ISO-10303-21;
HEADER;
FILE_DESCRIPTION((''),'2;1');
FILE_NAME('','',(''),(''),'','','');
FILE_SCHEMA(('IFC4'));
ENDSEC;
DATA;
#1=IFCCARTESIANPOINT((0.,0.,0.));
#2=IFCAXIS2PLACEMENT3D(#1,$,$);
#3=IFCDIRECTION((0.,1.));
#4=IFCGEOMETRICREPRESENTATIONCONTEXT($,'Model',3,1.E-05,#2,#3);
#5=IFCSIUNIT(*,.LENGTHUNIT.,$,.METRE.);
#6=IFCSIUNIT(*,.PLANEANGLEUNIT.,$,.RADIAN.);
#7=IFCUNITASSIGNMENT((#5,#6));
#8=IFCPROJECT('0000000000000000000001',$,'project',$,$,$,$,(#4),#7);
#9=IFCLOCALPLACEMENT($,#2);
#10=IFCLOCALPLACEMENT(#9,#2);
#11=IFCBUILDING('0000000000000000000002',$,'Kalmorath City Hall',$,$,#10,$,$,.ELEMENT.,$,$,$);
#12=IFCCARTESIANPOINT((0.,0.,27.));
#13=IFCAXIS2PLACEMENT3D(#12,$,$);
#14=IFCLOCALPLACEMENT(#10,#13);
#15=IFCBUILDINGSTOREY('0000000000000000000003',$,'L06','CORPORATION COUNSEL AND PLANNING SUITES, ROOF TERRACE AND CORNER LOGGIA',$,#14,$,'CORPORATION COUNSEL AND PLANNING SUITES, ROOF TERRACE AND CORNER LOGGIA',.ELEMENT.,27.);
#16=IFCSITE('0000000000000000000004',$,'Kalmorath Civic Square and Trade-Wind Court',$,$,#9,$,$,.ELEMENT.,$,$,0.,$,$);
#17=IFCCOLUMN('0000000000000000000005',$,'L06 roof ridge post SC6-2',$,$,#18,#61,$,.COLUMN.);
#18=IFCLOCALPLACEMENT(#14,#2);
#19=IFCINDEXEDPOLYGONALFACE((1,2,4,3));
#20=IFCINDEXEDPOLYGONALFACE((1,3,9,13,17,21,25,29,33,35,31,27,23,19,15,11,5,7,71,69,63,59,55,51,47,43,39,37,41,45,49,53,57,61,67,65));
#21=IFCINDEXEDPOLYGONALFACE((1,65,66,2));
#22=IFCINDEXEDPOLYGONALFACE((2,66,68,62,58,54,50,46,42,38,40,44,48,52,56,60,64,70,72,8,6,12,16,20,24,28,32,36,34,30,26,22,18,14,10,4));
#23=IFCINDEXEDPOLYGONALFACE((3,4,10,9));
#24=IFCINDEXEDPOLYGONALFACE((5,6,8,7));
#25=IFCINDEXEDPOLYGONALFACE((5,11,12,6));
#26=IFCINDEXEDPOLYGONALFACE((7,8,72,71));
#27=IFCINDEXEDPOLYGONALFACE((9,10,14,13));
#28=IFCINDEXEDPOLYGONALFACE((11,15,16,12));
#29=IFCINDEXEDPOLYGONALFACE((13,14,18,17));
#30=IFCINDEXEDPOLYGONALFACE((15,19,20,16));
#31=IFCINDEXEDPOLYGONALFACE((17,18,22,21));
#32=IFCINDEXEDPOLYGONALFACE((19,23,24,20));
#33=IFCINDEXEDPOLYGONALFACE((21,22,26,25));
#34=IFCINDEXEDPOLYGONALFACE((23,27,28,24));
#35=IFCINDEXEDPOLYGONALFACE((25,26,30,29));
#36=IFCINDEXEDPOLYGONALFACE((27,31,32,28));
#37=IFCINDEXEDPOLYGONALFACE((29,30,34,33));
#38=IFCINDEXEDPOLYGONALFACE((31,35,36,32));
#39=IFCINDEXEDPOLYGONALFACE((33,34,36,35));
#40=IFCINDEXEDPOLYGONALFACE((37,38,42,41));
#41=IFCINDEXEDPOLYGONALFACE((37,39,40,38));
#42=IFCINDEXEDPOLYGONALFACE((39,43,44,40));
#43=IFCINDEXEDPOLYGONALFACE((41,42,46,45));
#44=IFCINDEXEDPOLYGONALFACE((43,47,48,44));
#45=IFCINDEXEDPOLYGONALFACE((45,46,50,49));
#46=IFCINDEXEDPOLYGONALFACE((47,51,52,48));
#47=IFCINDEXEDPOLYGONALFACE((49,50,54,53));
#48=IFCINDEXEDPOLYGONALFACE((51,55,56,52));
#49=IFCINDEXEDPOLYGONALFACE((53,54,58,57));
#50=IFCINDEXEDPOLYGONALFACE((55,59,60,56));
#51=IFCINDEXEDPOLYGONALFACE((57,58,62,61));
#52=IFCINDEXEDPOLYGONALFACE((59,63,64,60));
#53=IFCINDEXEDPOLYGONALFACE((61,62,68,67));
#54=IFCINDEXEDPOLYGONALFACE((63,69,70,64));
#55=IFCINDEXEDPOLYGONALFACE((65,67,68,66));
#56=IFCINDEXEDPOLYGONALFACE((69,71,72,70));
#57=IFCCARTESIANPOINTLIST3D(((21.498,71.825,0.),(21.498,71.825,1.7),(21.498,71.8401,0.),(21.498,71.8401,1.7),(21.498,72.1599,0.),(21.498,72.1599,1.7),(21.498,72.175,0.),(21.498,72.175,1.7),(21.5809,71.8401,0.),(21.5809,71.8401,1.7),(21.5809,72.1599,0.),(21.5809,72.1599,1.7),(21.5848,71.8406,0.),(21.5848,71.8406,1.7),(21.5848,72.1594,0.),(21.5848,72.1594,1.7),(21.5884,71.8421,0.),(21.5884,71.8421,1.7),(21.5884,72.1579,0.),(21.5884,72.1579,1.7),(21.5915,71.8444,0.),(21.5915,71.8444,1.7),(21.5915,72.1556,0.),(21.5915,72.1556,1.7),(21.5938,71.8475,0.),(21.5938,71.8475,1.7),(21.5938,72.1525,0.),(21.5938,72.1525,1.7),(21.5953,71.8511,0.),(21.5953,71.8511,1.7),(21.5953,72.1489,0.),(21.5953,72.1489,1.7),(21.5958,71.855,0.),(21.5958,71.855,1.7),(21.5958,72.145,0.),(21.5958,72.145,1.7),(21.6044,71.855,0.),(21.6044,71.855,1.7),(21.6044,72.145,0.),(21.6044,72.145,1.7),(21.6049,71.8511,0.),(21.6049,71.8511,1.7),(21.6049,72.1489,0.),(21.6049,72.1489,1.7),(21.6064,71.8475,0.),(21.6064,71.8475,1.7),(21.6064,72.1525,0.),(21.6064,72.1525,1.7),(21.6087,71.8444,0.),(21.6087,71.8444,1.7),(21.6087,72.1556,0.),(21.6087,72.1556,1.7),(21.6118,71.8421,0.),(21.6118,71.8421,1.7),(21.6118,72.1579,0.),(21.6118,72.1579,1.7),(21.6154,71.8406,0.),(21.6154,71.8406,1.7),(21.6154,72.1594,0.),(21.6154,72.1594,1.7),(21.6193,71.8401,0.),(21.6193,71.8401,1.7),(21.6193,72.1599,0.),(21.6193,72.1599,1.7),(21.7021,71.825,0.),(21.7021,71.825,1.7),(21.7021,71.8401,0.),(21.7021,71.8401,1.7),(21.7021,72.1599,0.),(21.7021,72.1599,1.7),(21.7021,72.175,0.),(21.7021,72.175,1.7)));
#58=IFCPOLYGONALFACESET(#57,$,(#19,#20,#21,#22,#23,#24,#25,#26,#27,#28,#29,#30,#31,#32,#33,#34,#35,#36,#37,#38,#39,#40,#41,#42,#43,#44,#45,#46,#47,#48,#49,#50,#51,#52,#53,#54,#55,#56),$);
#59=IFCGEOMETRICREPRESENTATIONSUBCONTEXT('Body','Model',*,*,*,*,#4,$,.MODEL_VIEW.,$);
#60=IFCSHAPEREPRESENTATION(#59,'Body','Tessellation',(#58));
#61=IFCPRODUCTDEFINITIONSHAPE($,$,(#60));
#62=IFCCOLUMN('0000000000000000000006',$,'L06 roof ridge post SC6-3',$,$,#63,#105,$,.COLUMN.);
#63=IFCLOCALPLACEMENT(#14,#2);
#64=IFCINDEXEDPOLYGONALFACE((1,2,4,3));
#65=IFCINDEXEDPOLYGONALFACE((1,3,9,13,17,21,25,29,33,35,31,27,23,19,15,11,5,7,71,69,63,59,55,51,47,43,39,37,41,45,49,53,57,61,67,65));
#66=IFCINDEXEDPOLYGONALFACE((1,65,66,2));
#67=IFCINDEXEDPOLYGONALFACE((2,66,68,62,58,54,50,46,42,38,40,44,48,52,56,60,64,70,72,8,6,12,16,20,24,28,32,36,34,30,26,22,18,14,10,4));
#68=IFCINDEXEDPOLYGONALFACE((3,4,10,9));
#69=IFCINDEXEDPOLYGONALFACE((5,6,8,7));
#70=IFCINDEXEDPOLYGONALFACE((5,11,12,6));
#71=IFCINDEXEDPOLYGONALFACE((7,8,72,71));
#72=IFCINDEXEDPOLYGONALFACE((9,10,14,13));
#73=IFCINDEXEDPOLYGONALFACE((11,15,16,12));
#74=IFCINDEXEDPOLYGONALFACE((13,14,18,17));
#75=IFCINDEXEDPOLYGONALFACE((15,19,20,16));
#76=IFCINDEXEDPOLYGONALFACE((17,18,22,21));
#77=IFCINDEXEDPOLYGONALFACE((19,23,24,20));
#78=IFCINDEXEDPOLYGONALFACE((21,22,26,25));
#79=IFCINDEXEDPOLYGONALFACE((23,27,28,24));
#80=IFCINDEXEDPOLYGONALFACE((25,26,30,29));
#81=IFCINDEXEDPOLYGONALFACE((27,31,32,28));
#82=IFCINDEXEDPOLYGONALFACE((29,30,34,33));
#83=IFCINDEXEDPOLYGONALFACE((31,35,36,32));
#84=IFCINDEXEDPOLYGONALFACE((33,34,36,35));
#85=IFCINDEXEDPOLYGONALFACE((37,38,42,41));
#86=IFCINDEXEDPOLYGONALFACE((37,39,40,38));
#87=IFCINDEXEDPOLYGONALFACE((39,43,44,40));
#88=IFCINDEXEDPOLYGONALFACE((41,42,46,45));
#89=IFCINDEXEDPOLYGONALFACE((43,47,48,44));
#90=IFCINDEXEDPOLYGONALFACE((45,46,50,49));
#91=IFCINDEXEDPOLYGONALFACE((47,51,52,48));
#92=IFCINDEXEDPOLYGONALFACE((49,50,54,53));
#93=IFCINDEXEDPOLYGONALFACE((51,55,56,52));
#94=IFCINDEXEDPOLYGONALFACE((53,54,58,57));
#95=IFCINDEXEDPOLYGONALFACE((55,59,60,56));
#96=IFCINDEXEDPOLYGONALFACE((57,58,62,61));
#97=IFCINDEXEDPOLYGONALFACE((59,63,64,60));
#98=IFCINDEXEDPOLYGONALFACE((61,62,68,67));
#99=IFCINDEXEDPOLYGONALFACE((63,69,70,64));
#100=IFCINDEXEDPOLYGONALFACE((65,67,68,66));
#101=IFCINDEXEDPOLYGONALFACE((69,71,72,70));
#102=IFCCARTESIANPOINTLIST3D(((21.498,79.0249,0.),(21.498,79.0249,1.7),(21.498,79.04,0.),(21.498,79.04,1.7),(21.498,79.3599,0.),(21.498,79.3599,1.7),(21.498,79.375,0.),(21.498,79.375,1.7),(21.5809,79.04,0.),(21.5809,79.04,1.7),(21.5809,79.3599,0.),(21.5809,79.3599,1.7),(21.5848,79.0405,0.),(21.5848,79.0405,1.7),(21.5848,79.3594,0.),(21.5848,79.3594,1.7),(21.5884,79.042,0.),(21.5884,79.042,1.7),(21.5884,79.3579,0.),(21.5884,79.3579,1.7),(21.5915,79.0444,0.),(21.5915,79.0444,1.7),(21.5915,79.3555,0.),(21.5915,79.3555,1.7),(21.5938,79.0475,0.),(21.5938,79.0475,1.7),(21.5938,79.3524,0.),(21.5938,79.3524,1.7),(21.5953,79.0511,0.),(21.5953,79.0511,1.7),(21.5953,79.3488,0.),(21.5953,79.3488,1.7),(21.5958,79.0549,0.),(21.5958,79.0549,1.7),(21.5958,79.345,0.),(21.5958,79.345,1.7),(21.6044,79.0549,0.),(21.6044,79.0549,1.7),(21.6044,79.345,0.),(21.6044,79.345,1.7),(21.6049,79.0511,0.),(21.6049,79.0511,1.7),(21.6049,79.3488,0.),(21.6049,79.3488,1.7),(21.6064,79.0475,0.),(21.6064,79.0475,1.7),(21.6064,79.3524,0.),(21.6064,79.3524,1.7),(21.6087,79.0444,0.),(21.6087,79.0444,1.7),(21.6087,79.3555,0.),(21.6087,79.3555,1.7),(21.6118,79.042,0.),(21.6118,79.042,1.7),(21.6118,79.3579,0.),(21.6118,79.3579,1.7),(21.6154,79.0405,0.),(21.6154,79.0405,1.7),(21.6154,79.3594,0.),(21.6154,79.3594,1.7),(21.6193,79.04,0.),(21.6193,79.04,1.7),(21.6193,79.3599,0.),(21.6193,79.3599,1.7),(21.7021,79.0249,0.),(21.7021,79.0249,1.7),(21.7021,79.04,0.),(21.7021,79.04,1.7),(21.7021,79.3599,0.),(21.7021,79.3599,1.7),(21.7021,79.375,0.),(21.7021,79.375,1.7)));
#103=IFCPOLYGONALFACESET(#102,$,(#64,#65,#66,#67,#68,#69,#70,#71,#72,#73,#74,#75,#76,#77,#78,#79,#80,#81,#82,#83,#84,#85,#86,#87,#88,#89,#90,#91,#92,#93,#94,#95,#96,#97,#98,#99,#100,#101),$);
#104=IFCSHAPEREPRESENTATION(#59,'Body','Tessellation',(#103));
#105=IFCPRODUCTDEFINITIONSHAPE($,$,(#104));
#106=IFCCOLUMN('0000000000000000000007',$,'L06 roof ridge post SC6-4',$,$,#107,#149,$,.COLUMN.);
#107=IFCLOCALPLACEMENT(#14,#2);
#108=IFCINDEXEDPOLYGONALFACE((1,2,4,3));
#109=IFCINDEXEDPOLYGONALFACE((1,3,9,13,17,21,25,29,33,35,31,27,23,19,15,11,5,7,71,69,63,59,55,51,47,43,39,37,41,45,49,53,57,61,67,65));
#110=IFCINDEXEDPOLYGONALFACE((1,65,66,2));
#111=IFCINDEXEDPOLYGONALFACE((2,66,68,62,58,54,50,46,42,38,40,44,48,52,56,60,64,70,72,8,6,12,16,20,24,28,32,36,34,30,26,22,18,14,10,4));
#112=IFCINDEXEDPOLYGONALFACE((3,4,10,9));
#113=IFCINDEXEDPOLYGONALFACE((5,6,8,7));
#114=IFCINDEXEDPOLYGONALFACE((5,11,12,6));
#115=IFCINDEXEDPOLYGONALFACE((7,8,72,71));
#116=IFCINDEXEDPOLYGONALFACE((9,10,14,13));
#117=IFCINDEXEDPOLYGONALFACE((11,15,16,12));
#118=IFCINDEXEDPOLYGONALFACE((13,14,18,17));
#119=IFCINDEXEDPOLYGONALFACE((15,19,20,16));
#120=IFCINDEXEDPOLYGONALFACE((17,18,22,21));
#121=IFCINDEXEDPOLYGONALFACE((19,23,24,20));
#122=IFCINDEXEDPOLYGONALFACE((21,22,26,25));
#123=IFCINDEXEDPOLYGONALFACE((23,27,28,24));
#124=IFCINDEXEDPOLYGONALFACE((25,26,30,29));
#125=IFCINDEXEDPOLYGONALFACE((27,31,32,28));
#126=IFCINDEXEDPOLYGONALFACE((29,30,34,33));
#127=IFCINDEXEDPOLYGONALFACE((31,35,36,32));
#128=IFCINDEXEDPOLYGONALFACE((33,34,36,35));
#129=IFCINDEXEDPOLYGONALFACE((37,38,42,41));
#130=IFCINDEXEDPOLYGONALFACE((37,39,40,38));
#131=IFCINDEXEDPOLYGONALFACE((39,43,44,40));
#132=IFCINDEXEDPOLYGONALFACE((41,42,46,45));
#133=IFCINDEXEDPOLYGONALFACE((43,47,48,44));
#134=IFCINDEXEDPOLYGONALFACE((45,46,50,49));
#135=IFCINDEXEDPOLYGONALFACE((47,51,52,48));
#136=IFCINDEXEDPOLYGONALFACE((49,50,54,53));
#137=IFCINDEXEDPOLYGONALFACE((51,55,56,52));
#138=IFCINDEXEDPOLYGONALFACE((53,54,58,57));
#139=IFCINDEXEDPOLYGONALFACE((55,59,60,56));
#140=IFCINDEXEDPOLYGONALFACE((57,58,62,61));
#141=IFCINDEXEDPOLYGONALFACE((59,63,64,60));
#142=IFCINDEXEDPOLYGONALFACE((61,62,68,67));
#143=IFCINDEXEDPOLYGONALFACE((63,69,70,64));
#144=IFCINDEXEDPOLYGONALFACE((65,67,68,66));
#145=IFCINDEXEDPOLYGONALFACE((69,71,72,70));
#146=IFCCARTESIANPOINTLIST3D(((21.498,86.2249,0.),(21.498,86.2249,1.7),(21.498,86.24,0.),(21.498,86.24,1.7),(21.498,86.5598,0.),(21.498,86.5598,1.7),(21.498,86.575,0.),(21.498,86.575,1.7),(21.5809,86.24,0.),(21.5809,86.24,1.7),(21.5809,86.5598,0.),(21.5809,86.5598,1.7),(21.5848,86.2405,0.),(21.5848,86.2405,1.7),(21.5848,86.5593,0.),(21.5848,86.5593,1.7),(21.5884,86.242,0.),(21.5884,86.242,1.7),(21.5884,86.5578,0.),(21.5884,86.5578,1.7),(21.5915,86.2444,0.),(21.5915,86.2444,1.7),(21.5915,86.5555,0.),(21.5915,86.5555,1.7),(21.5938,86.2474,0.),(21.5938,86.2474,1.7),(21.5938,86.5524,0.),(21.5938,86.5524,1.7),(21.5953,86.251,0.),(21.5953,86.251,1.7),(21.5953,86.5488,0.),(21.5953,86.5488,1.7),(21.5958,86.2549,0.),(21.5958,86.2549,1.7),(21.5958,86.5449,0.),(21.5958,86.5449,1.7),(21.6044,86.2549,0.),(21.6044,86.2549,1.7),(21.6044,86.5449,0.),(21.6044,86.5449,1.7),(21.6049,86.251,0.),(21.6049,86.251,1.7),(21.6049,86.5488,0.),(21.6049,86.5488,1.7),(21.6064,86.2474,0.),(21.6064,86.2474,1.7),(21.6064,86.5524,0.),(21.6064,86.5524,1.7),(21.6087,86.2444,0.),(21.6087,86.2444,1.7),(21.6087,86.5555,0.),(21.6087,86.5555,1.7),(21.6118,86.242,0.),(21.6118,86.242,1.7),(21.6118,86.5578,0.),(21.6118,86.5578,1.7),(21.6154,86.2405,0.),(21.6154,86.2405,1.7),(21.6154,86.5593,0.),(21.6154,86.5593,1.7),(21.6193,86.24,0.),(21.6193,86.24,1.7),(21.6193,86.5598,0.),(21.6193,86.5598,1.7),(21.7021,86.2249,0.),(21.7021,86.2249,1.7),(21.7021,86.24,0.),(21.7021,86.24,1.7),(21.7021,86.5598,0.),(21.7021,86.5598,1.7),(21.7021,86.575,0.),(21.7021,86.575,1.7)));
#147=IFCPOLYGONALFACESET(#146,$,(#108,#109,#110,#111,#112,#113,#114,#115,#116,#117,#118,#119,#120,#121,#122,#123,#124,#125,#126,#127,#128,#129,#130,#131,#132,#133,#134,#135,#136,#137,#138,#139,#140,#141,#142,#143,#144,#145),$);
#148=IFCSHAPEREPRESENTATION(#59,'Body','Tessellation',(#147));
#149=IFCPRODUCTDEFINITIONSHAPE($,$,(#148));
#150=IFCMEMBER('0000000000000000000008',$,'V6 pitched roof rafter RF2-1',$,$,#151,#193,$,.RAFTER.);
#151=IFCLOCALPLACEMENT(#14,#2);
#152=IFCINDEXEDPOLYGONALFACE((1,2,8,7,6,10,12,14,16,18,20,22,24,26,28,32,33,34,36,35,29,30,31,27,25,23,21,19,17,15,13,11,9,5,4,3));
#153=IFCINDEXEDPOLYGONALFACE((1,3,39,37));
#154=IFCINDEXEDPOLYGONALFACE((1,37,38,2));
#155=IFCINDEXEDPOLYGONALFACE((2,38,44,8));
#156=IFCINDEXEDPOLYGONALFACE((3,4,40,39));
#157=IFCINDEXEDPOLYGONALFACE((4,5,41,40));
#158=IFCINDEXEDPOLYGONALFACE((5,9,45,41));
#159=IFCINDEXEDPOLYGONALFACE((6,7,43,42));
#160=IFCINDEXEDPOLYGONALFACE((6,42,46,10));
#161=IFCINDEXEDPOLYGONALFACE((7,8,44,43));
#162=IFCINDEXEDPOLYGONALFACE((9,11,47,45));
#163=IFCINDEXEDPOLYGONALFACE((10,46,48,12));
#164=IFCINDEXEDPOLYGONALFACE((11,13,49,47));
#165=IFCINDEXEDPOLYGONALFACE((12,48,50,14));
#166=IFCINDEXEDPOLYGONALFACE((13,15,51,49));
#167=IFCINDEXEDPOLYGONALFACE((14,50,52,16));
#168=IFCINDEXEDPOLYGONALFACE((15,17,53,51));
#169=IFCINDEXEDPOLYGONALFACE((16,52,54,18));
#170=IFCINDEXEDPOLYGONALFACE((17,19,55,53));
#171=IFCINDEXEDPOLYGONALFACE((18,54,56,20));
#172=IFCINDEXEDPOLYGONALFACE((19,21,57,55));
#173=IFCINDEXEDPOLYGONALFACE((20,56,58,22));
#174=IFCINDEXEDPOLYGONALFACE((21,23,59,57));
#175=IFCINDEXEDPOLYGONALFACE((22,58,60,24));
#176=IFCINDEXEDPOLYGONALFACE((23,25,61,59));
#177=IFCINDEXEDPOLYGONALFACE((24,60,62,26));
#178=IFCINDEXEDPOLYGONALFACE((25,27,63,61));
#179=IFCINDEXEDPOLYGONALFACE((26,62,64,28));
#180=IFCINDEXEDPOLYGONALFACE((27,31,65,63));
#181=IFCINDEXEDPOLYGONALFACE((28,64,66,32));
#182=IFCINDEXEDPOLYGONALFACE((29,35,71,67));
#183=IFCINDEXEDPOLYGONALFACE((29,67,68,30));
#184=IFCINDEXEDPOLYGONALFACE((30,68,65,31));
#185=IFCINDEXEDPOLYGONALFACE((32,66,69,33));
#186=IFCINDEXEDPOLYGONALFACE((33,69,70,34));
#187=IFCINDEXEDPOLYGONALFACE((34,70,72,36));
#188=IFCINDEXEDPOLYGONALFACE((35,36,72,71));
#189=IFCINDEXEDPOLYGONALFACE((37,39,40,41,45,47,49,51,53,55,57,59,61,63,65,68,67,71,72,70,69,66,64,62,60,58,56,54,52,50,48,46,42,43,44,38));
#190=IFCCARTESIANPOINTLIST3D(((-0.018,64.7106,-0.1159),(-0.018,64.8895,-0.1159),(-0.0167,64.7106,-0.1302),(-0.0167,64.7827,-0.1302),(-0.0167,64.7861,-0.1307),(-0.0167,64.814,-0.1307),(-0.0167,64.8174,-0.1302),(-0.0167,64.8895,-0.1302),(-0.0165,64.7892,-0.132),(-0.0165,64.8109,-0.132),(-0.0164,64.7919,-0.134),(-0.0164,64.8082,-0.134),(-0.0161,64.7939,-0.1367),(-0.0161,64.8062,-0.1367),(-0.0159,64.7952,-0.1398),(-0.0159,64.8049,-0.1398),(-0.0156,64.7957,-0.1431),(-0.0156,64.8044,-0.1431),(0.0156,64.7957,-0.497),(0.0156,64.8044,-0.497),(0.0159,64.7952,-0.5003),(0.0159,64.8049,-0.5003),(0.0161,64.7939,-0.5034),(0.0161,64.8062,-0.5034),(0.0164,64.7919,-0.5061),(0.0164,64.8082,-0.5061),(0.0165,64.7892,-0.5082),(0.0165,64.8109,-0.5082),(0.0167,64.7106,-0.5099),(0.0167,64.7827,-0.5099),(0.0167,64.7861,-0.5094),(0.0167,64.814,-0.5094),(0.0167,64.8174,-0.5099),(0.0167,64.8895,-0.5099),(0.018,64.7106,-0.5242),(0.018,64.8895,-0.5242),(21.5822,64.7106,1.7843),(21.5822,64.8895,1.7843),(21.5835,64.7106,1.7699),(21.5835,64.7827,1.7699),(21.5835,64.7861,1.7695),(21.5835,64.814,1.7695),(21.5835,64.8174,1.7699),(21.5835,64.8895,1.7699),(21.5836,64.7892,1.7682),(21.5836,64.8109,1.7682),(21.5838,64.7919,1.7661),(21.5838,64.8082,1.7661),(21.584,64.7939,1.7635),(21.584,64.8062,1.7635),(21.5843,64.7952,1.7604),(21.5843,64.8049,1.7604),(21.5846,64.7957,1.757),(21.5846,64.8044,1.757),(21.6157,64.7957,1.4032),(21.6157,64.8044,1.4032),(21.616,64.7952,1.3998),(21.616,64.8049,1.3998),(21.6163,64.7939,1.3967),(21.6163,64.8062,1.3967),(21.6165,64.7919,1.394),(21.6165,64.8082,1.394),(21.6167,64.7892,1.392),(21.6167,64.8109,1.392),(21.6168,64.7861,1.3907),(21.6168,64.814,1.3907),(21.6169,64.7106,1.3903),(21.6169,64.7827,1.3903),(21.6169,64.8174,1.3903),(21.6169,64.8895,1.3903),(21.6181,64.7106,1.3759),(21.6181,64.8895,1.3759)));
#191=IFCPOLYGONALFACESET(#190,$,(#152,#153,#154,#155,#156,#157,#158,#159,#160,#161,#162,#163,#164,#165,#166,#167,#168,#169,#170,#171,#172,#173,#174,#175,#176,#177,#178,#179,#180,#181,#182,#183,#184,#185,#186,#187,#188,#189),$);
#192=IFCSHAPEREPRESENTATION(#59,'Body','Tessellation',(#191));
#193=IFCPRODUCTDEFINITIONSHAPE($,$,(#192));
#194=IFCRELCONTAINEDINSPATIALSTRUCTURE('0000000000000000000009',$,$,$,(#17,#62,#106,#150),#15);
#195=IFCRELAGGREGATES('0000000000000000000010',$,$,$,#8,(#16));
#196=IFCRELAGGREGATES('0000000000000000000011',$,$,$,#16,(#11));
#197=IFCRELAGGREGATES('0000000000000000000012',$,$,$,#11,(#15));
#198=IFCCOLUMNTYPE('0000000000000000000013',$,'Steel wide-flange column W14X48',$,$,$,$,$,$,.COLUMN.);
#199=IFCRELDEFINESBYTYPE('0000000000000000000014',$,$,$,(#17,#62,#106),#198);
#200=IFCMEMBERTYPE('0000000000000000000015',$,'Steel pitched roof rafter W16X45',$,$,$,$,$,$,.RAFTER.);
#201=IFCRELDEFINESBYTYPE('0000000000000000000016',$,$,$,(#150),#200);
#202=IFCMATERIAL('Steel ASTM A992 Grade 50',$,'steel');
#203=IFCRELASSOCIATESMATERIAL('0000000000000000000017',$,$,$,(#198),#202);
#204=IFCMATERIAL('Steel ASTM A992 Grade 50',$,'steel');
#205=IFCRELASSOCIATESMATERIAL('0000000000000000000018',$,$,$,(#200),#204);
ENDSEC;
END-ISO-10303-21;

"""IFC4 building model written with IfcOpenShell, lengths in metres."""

from ifc_helpers import new_model, si_unit, direction, frame, origin, origin_2d, place, context, subcontext, project, spatial, i_section, extrude, material, material_profile, profile_set, type_object, element, save


model = new_model("IFC4")

# Units and contexts
model_context = context("Model", 3, precision=1e-05, world=origin(), true_north=direction((0.0, 1.0)))
body_context = subcontext(model_context, "Body", "Model", "MODEL_VIEW")
ifc_project = project(units=[si_unit("LENGTHUNIT", "METRE"), si_unit("PLANEANGLEUNIT", "RADIAN")], contexts=[model_context])

# Site, building, storey
site_placement = place(None, origin())
site = spatial("IfcSite", under=ifc_project, at=site_placement, Name="Kalmorath Civic Square and Trade-Wind Court", CompositionType="ELEMENT", RefElevation=0.0)
building_placement = place(site_placement, origin())
building = spatial("IfcBuilding", under=site, at=building_placement, Name="Kalmorath City Hall", CompositionType="ELEMENT")
storey_placement = place(building_placement, frame((0.0, 0.0, 27.0)))
storey = spatial("IfcBuildingStorey", under=building, at=storey_placement, Name="L06", Description="CORPORATION COUNSEL AND PLANNING SUITES, ROOF TERRACE AND CORNER LOGGIA", LongName="CORPORATION COUNSEL AND PLANNING SUITES, ROOF TERRACE AND CORNER LOGGIA", CompositionType="ELEMENT", Elevation=27.0)

# Columns
ifc_material_1 = material(Name="Steel ASTM A992 Grade 50", Category="steel")
ifc_material_profile_1 = material_profile(ifc_material_1, i_section(OverallWidth=0.2041, OverallDepth=0.3501, WebThickness=0.0085, FlangeThickness=0.0151, FilletRadius=0.0149, at=origin_2d()), Name="W14X48")
ifc_profile_set_1 = profile_set([ifc_material_profile_1], Name="Steel ASTM A992 Grade 50")
column_type_1 = type_object("IfcColumnType", Name="Steel wide-flange column W14X48", PredefinedType="COLUMN", material=ifc_profile_set_1)
for number, where, z_axis, x_axis, name in (
    (1, (21.6001, 72.0, 0.0), (0.0, 0.0, 1.0), (1.0, 0.0, 0.0), "L06 roof ridge post SC6-2"),
    (2, (21.6001, 79.2, 0.0), (0.0, 0.0, 1.0), (1.0, 0.0, 0.0), "L06 roof ridge post SC6-3"),
    (3, (21.6001, 86.3999, 0.0), (0.0, 0.0, 1.0), (1.0, 0.0, 0.0), "L06 roof ridge post SC6-4"),
):
    element("IfcColumn", number, at=place(storey_placement, frame(where, z_axis=z_axis, x_axis=x_axis)), inside=storey, type_object=column_type_1, Name=name, PredefinedType="COLUMN", context=body_context, shape_type="SweptSolid", body=[
        extrude(i_section(OverallWidth=0.2041, OverallDepth=0.3501, WebThickness=0.0085, FlangeThickness=0.0151, FilletRadius=0.0149, at=origin_2d()), origin(), (0.0, 0.0, 1.0), 1.7),
    ])

# Member
ifc_material_2 = material(Name="Steel ASTM A992 Grade 50", Category="steel")
ifc_material_profile_2 = material_profile(ifc_material_2, i_section(OverallWidth=0.179, OverallDepth=0.4099, WebThickness=0.0088, FlangeThickness=0.0144, FilletRadius=0.0129, at=origin_2d()), Name="W16X45")
ifc_profile_set_2 = profile_set([ifc_material_profile_2], Name="Steel ASTM A992 Grade 50")
member_type = type_object("IfcMemberType", Name="Steel pitched roof rafter W16X45", PredefinedType="RAFTER", material=ifc_profile_set_2)
for number, where, z_axis, x_axis, name in (
    (4, (0.0, 64.8, -0.3201), (0.996153, 0.0, 0.087631), (0.0, 1.0, 0.0), "V6 pitched roof rafter RF2-1"),
):
    element("IfcMember", number, at=place(storey_placement, frame(where, z_axis=z_axis, x_axis=x_axis)), inside=storey, type_object=member_type, Name=name, PredefinedType="RAFTER", context=body_context, shape_type="SweptSolid", body=[
        extrude(i_section(OverallWidth=0.179, OverallDepth=0.4099, WebThickness=0.0088, FlangeThickness=0.0144, FilletRadius=0.0129, at=origin_2d()), origin(), (0.0, 0.0, 1.0), 21.6836),
    ])

save(model, "model.ifc")
